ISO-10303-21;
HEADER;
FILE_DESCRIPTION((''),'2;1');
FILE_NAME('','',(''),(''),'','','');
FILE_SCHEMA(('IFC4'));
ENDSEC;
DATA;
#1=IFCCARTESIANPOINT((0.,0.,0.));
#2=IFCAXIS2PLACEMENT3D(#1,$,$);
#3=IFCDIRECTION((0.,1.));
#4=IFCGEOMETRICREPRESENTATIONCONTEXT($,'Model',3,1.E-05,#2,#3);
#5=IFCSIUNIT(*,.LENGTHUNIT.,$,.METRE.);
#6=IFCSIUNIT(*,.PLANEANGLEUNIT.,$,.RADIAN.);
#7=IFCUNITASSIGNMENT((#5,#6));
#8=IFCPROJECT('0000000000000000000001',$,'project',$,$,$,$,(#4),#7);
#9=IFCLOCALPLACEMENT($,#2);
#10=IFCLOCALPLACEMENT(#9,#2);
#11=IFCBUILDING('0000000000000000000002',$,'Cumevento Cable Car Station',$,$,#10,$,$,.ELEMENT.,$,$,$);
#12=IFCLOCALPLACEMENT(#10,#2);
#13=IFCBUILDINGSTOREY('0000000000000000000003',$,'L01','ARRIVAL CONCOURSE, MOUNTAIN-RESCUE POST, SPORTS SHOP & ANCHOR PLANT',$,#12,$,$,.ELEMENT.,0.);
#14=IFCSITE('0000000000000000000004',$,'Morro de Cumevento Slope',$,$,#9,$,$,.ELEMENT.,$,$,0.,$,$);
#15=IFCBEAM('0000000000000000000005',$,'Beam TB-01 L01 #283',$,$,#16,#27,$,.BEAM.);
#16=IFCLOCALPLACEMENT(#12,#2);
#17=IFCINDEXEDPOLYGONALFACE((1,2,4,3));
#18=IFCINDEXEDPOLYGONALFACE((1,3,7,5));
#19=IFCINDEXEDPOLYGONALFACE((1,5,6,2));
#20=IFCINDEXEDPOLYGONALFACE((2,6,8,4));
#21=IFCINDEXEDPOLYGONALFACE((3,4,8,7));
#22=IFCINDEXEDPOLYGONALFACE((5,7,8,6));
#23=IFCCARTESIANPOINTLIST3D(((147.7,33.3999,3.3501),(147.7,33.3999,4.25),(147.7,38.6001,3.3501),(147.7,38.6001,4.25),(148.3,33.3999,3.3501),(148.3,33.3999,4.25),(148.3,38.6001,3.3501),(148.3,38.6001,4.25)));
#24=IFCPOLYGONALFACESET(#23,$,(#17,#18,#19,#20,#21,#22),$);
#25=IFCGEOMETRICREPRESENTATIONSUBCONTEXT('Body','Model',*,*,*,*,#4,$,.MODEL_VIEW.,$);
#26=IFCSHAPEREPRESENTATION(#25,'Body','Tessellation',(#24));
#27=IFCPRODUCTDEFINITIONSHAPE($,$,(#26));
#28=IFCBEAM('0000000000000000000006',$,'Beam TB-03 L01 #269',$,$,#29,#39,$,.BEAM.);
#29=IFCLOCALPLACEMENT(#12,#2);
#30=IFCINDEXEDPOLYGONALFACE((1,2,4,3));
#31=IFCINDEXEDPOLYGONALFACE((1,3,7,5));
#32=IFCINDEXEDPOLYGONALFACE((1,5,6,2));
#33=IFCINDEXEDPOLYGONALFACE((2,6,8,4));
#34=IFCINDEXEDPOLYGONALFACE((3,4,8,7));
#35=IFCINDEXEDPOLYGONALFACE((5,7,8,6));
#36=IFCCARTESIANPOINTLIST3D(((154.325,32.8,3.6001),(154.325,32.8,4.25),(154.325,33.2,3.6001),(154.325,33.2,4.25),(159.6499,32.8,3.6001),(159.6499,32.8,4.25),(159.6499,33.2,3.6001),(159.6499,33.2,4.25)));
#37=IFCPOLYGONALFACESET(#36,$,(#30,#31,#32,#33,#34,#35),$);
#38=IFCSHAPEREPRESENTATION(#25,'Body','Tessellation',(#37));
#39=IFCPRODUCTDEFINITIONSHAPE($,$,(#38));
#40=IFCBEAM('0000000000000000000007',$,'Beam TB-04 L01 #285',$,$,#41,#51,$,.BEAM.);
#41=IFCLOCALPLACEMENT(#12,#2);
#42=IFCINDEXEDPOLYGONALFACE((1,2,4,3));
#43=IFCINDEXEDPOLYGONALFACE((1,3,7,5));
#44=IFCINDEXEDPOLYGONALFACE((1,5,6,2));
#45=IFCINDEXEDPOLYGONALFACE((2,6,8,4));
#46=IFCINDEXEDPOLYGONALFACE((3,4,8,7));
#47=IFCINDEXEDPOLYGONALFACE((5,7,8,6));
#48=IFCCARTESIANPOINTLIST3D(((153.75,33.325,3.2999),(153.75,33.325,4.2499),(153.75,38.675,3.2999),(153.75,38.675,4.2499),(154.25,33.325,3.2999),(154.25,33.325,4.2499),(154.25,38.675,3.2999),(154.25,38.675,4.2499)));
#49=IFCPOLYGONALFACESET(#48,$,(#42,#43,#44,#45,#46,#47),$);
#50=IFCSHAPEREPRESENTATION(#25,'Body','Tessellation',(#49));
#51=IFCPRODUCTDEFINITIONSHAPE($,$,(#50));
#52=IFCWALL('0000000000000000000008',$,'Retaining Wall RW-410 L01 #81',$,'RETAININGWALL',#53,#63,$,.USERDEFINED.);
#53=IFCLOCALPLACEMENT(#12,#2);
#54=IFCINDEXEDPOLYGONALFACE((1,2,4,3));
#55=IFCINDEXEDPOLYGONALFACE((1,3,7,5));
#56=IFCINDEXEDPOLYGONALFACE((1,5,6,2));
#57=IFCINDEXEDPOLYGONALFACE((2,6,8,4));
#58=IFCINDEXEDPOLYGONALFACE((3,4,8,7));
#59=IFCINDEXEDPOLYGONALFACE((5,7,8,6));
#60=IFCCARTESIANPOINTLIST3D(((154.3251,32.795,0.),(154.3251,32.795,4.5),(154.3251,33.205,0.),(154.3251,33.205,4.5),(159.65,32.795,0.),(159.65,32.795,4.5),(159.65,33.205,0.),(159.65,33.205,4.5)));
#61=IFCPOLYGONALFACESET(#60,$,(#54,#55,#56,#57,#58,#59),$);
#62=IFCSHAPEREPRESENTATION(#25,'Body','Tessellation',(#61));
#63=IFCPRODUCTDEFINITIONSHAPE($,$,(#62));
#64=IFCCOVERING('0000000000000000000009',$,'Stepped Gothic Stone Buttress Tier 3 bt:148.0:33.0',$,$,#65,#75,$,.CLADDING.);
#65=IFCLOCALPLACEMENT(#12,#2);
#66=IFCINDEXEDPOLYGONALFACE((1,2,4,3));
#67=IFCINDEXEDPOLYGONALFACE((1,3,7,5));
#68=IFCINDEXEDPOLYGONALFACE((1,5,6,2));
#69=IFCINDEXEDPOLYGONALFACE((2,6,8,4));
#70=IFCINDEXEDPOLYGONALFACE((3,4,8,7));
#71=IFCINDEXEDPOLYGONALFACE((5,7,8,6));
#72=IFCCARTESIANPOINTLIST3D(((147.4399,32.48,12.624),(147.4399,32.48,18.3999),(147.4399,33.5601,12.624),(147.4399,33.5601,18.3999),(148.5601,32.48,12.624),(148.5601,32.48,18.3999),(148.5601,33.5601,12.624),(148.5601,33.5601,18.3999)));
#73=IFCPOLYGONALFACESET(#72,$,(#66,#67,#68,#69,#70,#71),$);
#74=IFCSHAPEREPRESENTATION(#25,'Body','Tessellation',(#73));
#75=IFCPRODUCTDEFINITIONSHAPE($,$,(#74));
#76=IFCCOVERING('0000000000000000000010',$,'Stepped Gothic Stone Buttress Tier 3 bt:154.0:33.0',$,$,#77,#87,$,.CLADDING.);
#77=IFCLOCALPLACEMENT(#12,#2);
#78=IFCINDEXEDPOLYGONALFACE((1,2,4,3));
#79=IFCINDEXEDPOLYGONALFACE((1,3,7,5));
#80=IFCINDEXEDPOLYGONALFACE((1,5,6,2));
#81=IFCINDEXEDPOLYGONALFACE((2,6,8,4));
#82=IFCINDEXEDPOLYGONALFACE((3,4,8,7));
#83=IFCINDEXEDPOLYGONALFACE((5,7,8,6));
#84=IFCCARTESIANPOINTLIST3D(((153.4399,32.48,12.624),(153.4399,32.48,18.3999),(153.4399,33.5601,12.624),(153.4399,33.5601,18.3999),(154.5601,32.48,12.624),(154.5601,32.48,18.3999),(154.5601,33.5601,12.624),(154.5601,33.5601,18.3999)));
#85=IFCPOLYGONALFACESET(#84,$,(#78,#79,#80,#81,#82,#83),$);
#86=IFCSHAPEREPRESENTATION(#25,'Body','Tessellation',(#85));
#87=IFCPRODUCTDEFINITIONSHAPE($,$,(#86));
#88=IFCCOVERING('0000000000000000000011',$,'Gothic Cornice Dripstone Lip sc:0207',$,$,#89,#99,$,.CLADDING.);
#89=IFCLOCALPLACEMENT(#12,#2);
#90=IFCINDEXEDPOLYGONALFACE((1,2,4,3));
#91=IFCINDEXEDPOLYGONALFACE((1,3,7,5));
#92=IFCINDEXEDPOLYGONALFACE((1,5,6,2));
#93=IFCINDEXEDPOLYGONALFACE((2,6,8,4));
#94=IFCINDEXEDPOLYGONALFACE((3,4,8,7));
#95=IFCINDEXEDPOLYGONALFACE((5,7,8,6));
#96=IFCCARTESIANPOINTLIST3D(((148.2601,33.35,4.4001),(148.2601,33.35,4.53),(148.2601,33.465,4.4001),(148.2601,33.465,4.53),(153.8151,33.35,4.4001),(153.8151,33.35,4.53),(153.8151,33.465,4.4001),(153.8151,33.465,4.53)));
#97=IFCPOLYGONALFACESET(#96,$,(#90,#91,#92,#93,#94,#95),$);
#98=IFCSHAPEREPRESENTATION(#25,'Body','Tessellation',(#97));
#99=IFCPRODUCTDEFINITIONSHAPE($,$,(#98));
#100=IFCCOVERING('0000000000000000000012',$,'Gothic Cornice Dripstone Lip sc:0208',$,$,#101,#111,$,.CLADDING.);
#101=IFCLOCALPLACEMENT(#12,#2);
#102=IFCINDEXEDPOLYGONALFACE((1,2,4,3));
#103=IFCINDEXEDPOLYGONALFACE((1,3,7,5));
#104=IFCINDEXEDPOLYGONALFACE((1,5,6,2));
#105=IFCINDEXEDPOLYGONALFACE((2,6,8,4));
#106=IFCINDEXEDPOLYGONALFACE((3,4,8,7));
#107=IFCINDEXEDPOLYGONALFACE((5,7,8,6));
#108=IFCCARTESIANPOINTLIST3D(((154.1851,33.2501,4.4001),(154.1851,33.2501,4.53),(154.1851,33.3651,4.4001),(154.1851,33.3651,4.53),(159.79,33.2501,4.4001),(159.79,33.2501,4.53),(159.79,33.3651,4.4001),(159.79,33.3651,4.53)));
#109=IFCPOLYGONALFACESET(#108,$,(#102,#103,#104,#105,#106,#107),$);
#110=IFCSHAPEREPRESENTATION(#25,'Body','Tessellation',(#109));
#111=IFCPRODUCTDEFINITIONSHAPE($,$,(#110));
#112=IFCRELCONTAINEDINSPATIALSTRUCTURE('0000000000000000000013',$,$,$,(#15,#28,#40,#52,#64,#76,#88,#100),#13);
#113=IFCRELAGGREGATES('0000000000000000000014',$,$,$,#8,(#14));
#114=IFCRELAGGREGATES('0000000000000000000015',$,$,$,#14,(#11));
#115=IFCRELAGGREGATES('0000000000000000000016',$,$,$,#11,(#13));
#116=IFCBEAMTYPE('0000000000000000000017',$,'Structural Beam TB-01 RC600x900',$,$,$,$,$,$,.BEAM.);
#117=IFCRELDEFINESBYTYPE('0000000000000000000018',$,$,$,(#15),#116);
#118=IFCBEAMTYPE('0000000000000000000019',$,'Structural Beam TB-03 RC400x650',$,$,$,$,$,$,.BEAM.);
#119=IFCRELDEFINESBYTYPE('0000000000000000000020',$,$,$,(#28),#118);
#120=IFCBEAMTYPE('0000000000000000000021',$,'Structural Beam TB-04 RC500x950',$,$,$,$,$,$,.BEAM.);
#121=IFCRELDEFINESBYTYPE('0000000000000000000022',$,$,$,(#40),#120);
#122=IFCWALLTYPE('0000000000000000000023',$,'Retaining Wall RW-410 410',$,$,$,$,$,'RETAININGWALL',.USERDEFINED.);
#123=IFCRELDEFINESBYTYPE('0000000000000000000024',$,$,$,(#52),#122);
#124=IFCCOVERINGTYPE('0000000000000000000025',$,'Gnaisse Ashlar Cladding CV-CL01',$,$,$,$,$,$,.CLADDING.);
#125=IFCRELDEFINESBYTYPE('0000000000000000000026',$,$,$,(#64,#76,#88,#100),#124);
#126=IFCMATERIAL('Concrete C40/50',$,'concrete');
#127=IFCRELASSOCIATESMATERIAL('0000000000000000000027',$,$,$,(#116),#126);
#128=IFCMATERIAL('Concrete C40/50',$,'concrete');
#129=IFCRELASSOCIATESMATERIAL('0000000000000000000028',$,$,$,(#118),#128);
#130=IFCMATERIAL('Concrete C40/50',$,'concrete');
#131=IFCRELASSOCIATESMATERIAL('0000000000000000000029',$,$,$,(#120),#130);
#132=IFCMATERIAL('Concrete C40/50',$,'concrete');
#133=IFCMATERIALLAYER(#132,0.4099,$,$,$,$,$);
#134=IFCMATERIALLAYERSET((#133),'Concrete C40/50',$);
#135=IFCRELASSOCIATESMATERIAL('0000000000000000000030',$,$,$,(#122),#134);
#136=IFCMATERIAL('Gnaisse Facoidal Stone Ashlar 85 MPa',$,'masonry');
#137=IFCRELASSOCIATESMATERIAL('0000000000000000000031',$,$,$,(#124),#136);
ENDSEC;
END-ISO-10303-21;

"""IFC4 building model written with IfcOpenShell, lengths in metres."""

from ifc_helpers import new_model, si_unit, direction, frame, frame_2d, origin, origin_2d, place, context, subcontext, project, spatial, rectangle, extrude, material, layer, layer_set, material_profile, profile_set, type_object, element, save


model = new_model("IFC4")

# Units and contexts
model_context = context("Model", 3, precision=1e-05, world=origin(), true_north=direction((0.0, 1.0)))
body_context = subcontext(model_context, "Body", "Model", "MODEL_VIEW")
ifc_project = project(units=[si_unit("LENGTHUNIT", "METRE"), si_unit("PLANEANGLEUNIT", "RADIAN")], contexts=[model_context])

# Site, building, storey
site_placement = place(None, origin())
site = spatial("IfcSite", under=ifc_project, at=site_placement, Name="Morro de Cumevento Slope", CompositionType="ELEMENT", RefElevation=0.0)
building_placement = place(site_placement, origin())
building = spatial("IfcBuilding", under=site, at=building_placement, Name="Cumevento Cable Car Station", CompositionType="ELEMENT")
storey_placement = place(building_placement, origin())
storey = spatial("IfcBuildingStorey", under=building, at=storey_placement, Name="L01", Description="ARRIVAL CONCOURSE, MOUNTAIN-RESCUE POST, SPORTS SHOP & ANCHOR PLANT", CompositionType="ELEMENT", Elevation=0.0)

# Beams
ifc_material_1 = material(Name="Concrete C40/50", Category="concrete")
ifc_material_profile_1 = material_profile(ifc_material_1, rectangle(XDim=0.6001, YDim=0.8999, at=origin_2d()), Name="RC600x900")
ifc_profile_set_1 = profile_set([ifc_material_profile_1], Name="Concrete C40/50")
beam_type_1 = type_object("IfcBeamType", Name="Structural Beam TB-01 RC600x900", PredefinedType="BEAM", material=ifc_profile_set_1)
beam_1_placement = place(storey_placement, frame((148.0, 33.3999, 3.8), z_axis=(0.0, 1.0, 0.0), x_axis=(-1.0, 0.0, 0.0)))
element("IfcBeam", 1, at=beam_1_placement, inside=storey, type_object=beam_type_1, Name="Beam TB-01 L01 #283", PredefinedType="BEAM", context=body_context, shape_type="SweptSolid", body=[
    extrude(rectangle(XDim=0.6001, YDim=0.8999, at=origin_2d()), origin(), (0.0, 0.0, 1.0), 5.2002),
])
ifc_material_2 = material(Name="Concrete C40/50", Category="concrete")
ifc_material_profile_2 = material_profile(ifc_material_2, rectangle(XDim=0.3999, YDim=0.6499, at=origin_2d()), Name="RC400x650")
ifc_profile_set_2 = profile_set([ifc_material_profile_2], Name="Concrete C40/50")
beam_type_2 = type_object("IfcBeamType", Name="Structural Beam TB-03 RC400x650", PredefinedType="BEAM", material=ifc_profile_set_2)
beam_2_placement = place(storey_placement, frame((154.325, 33.0, 3.925), z_axis=(1.0, 0.0, 0.0), x_axis=(0.0, 1.0, 0.0)))
element("IfcBeam", 2, at=beam_2_placement, inside=storey, type_object=beam_type_2, Name="Beam TB-03 L01 #269", PredefinedType="BEAM", context=body_context, shape_type="SweptSolid", body=[
    extrude(rectangle(XDim=0.3999, YDim=0.6499, at=origin_2d()), origin(), (0.0, 0.0, 1.0), 5.325),
])
ifc_material_3 = material(Name="Concrete C40/50", Category="concrete")
ifc_material_profile_3 = material_profile(ifc_material_3, rectangle(XDim=0.5, YDim=0.95, at=origin_2d()), Name="RC500x950")
ifc_profile_set_3 = profile_set([ifc_material_profile_3], Name="Concrete C40/50")
beam_type_3 = type_object("IfcBeamType", Name="Structural Beam TB-04 RC500x950", PredefinedType="BEAM", material=ifc_profile_set_3)
beam_3_placement = place(storey_placement, frame((154.0, 33.325, 3.7749), z_axis=(0.0, 1.0, 0.0), x_axis=(-1.0, 0.0, 0.0)))
element("IfcBeam", 3, at=beam_3_placement, inside=storey, type_object=beam_type_3, Name="Beam TB-04 L01 #285", PredefinedType="BEAM", context=body_context, shape_type="SweptSolid", body=[
    extrude(rectangle(XDim=0.5, YDim=0.95, at=origin_2d()), origin(), (0.0, 0.0, 1.0), 5.3501),
])

# Wall
ifc_material_4 = material(Name="Concrete C40/50", Category="concrete")
ifc_layer = layer(ifc_material_4, 0.4099)
ifc_layer_set = layer_set([ifc_layer], Name="Concrete C40/50")
wall_type = type_object("IfcWallType", Name="Retaining Wall RW-410 410", ElementType="RETAININGWALL", PredefinedType="USERDEFINED", material=ifc_layer_set)
wall_placement = place(storey_placement, frame((154.325, 33.0, 0.0), z_axis=(0.0, 0.0, 1.0), x_axis=(1.0, 0.0, 0.0)))
element("IfcWall", 4, at=wall_placement, inside=storey, type_object=wall_type, Name="Retaining Wall RW-410 L01 #81", ObjectType="RETAININGWALL", PredefinedType="USERDEFINED", context=body_context, shape_type="SweptSolid", body=[
    extrude(rectangle(XDim=5.325, YDim=0.4099, at=frame_2d((2.6626, 0.0))), origin(), (0.0, 0.0, 1.0), 4.5),
])

# Coverings
ifc_material_5 = material(Name="Gnaisse Facoidal Stone Ashlar 85 MPa", Category="masonry")
covering_type = type_object("IfcCoveringType", Name="Gnaisse Ashlar Cladding CV-CL01", PredefinedType="CLADDING", material=ifc_material_5)
for number, where, z_axis, x_axis, name in (
    (5, (148.0, 33.02, 12.624), (0.0, 0.0, 1.0), (1.0, 0.0, 0.0), "Stepped Gothic Stone Buttress Tier 3 bt:148.0:33.0"),
    (6, (154.0, 33.02, 12.624), (0.0, 0.0, 1.0), (1.0, 0.0, 0.0), "Stepped Gothic Stone Buttress Tier 3 bt:154.0:33.0"),
):
    element("IfcCovering", number, at=place(storey_placement, frame(where, z_axis=z_axis, x_axis=x_axis)), inside=storey, type_object=covering_type, Name=name, PredefinedType="CLADDING", context=body_context, shape_type="SweptSolid", body=[
        extrude(rectangle(XDim=1.1201, YDim=1.0801, at=origin_2d()), origin(), (0.0, 0.0, 1.0), 5.7759),
    ])
covering_1_placement = place(storey_placement, frame((151.0376, 33.4075, 4.4001), z_axis=(0.0, 0.0, 1.0), x_axis=(1.0, 0.0, 0.0)))
element("IfcCovering", 7, at=covering_1_placement, inside=storey, type_object=covering_type, Name="Gothic Cornice Dripstone Lip sc:0207", PredefinedType="CLADDING", context=body_context, shape_type="SweptSolid", body=[
    extrude(rectangle(XDim=5.5549, YDim=0.115, at=origin_2d()), origin(), (0.0, 0.0, 1.0), 0.1299),
])
covering_2_placement = place(storey_placement, frame((156.9875, 33.3076, 4.4001), z_axis=(0.0, 0.0, 1.0), x_axis=(1.0, 0.0, 0.0)))
element("IfcCovering", 8, at=covering_2_placement, inside=storey, type_object=covering_type, Name="Gothic Cornice Dripstone Lip sc:0208", PredefinedType="CLADDING", context=body_context, shape_type="SweptSolid", body=[
    extrude(rectangle(XDim=5.605, YDim=0.115, at=origin_2d()), origin(), (0.0, 0.0, 1.0), 0.1299),
])

save(model, "model.ifc")
